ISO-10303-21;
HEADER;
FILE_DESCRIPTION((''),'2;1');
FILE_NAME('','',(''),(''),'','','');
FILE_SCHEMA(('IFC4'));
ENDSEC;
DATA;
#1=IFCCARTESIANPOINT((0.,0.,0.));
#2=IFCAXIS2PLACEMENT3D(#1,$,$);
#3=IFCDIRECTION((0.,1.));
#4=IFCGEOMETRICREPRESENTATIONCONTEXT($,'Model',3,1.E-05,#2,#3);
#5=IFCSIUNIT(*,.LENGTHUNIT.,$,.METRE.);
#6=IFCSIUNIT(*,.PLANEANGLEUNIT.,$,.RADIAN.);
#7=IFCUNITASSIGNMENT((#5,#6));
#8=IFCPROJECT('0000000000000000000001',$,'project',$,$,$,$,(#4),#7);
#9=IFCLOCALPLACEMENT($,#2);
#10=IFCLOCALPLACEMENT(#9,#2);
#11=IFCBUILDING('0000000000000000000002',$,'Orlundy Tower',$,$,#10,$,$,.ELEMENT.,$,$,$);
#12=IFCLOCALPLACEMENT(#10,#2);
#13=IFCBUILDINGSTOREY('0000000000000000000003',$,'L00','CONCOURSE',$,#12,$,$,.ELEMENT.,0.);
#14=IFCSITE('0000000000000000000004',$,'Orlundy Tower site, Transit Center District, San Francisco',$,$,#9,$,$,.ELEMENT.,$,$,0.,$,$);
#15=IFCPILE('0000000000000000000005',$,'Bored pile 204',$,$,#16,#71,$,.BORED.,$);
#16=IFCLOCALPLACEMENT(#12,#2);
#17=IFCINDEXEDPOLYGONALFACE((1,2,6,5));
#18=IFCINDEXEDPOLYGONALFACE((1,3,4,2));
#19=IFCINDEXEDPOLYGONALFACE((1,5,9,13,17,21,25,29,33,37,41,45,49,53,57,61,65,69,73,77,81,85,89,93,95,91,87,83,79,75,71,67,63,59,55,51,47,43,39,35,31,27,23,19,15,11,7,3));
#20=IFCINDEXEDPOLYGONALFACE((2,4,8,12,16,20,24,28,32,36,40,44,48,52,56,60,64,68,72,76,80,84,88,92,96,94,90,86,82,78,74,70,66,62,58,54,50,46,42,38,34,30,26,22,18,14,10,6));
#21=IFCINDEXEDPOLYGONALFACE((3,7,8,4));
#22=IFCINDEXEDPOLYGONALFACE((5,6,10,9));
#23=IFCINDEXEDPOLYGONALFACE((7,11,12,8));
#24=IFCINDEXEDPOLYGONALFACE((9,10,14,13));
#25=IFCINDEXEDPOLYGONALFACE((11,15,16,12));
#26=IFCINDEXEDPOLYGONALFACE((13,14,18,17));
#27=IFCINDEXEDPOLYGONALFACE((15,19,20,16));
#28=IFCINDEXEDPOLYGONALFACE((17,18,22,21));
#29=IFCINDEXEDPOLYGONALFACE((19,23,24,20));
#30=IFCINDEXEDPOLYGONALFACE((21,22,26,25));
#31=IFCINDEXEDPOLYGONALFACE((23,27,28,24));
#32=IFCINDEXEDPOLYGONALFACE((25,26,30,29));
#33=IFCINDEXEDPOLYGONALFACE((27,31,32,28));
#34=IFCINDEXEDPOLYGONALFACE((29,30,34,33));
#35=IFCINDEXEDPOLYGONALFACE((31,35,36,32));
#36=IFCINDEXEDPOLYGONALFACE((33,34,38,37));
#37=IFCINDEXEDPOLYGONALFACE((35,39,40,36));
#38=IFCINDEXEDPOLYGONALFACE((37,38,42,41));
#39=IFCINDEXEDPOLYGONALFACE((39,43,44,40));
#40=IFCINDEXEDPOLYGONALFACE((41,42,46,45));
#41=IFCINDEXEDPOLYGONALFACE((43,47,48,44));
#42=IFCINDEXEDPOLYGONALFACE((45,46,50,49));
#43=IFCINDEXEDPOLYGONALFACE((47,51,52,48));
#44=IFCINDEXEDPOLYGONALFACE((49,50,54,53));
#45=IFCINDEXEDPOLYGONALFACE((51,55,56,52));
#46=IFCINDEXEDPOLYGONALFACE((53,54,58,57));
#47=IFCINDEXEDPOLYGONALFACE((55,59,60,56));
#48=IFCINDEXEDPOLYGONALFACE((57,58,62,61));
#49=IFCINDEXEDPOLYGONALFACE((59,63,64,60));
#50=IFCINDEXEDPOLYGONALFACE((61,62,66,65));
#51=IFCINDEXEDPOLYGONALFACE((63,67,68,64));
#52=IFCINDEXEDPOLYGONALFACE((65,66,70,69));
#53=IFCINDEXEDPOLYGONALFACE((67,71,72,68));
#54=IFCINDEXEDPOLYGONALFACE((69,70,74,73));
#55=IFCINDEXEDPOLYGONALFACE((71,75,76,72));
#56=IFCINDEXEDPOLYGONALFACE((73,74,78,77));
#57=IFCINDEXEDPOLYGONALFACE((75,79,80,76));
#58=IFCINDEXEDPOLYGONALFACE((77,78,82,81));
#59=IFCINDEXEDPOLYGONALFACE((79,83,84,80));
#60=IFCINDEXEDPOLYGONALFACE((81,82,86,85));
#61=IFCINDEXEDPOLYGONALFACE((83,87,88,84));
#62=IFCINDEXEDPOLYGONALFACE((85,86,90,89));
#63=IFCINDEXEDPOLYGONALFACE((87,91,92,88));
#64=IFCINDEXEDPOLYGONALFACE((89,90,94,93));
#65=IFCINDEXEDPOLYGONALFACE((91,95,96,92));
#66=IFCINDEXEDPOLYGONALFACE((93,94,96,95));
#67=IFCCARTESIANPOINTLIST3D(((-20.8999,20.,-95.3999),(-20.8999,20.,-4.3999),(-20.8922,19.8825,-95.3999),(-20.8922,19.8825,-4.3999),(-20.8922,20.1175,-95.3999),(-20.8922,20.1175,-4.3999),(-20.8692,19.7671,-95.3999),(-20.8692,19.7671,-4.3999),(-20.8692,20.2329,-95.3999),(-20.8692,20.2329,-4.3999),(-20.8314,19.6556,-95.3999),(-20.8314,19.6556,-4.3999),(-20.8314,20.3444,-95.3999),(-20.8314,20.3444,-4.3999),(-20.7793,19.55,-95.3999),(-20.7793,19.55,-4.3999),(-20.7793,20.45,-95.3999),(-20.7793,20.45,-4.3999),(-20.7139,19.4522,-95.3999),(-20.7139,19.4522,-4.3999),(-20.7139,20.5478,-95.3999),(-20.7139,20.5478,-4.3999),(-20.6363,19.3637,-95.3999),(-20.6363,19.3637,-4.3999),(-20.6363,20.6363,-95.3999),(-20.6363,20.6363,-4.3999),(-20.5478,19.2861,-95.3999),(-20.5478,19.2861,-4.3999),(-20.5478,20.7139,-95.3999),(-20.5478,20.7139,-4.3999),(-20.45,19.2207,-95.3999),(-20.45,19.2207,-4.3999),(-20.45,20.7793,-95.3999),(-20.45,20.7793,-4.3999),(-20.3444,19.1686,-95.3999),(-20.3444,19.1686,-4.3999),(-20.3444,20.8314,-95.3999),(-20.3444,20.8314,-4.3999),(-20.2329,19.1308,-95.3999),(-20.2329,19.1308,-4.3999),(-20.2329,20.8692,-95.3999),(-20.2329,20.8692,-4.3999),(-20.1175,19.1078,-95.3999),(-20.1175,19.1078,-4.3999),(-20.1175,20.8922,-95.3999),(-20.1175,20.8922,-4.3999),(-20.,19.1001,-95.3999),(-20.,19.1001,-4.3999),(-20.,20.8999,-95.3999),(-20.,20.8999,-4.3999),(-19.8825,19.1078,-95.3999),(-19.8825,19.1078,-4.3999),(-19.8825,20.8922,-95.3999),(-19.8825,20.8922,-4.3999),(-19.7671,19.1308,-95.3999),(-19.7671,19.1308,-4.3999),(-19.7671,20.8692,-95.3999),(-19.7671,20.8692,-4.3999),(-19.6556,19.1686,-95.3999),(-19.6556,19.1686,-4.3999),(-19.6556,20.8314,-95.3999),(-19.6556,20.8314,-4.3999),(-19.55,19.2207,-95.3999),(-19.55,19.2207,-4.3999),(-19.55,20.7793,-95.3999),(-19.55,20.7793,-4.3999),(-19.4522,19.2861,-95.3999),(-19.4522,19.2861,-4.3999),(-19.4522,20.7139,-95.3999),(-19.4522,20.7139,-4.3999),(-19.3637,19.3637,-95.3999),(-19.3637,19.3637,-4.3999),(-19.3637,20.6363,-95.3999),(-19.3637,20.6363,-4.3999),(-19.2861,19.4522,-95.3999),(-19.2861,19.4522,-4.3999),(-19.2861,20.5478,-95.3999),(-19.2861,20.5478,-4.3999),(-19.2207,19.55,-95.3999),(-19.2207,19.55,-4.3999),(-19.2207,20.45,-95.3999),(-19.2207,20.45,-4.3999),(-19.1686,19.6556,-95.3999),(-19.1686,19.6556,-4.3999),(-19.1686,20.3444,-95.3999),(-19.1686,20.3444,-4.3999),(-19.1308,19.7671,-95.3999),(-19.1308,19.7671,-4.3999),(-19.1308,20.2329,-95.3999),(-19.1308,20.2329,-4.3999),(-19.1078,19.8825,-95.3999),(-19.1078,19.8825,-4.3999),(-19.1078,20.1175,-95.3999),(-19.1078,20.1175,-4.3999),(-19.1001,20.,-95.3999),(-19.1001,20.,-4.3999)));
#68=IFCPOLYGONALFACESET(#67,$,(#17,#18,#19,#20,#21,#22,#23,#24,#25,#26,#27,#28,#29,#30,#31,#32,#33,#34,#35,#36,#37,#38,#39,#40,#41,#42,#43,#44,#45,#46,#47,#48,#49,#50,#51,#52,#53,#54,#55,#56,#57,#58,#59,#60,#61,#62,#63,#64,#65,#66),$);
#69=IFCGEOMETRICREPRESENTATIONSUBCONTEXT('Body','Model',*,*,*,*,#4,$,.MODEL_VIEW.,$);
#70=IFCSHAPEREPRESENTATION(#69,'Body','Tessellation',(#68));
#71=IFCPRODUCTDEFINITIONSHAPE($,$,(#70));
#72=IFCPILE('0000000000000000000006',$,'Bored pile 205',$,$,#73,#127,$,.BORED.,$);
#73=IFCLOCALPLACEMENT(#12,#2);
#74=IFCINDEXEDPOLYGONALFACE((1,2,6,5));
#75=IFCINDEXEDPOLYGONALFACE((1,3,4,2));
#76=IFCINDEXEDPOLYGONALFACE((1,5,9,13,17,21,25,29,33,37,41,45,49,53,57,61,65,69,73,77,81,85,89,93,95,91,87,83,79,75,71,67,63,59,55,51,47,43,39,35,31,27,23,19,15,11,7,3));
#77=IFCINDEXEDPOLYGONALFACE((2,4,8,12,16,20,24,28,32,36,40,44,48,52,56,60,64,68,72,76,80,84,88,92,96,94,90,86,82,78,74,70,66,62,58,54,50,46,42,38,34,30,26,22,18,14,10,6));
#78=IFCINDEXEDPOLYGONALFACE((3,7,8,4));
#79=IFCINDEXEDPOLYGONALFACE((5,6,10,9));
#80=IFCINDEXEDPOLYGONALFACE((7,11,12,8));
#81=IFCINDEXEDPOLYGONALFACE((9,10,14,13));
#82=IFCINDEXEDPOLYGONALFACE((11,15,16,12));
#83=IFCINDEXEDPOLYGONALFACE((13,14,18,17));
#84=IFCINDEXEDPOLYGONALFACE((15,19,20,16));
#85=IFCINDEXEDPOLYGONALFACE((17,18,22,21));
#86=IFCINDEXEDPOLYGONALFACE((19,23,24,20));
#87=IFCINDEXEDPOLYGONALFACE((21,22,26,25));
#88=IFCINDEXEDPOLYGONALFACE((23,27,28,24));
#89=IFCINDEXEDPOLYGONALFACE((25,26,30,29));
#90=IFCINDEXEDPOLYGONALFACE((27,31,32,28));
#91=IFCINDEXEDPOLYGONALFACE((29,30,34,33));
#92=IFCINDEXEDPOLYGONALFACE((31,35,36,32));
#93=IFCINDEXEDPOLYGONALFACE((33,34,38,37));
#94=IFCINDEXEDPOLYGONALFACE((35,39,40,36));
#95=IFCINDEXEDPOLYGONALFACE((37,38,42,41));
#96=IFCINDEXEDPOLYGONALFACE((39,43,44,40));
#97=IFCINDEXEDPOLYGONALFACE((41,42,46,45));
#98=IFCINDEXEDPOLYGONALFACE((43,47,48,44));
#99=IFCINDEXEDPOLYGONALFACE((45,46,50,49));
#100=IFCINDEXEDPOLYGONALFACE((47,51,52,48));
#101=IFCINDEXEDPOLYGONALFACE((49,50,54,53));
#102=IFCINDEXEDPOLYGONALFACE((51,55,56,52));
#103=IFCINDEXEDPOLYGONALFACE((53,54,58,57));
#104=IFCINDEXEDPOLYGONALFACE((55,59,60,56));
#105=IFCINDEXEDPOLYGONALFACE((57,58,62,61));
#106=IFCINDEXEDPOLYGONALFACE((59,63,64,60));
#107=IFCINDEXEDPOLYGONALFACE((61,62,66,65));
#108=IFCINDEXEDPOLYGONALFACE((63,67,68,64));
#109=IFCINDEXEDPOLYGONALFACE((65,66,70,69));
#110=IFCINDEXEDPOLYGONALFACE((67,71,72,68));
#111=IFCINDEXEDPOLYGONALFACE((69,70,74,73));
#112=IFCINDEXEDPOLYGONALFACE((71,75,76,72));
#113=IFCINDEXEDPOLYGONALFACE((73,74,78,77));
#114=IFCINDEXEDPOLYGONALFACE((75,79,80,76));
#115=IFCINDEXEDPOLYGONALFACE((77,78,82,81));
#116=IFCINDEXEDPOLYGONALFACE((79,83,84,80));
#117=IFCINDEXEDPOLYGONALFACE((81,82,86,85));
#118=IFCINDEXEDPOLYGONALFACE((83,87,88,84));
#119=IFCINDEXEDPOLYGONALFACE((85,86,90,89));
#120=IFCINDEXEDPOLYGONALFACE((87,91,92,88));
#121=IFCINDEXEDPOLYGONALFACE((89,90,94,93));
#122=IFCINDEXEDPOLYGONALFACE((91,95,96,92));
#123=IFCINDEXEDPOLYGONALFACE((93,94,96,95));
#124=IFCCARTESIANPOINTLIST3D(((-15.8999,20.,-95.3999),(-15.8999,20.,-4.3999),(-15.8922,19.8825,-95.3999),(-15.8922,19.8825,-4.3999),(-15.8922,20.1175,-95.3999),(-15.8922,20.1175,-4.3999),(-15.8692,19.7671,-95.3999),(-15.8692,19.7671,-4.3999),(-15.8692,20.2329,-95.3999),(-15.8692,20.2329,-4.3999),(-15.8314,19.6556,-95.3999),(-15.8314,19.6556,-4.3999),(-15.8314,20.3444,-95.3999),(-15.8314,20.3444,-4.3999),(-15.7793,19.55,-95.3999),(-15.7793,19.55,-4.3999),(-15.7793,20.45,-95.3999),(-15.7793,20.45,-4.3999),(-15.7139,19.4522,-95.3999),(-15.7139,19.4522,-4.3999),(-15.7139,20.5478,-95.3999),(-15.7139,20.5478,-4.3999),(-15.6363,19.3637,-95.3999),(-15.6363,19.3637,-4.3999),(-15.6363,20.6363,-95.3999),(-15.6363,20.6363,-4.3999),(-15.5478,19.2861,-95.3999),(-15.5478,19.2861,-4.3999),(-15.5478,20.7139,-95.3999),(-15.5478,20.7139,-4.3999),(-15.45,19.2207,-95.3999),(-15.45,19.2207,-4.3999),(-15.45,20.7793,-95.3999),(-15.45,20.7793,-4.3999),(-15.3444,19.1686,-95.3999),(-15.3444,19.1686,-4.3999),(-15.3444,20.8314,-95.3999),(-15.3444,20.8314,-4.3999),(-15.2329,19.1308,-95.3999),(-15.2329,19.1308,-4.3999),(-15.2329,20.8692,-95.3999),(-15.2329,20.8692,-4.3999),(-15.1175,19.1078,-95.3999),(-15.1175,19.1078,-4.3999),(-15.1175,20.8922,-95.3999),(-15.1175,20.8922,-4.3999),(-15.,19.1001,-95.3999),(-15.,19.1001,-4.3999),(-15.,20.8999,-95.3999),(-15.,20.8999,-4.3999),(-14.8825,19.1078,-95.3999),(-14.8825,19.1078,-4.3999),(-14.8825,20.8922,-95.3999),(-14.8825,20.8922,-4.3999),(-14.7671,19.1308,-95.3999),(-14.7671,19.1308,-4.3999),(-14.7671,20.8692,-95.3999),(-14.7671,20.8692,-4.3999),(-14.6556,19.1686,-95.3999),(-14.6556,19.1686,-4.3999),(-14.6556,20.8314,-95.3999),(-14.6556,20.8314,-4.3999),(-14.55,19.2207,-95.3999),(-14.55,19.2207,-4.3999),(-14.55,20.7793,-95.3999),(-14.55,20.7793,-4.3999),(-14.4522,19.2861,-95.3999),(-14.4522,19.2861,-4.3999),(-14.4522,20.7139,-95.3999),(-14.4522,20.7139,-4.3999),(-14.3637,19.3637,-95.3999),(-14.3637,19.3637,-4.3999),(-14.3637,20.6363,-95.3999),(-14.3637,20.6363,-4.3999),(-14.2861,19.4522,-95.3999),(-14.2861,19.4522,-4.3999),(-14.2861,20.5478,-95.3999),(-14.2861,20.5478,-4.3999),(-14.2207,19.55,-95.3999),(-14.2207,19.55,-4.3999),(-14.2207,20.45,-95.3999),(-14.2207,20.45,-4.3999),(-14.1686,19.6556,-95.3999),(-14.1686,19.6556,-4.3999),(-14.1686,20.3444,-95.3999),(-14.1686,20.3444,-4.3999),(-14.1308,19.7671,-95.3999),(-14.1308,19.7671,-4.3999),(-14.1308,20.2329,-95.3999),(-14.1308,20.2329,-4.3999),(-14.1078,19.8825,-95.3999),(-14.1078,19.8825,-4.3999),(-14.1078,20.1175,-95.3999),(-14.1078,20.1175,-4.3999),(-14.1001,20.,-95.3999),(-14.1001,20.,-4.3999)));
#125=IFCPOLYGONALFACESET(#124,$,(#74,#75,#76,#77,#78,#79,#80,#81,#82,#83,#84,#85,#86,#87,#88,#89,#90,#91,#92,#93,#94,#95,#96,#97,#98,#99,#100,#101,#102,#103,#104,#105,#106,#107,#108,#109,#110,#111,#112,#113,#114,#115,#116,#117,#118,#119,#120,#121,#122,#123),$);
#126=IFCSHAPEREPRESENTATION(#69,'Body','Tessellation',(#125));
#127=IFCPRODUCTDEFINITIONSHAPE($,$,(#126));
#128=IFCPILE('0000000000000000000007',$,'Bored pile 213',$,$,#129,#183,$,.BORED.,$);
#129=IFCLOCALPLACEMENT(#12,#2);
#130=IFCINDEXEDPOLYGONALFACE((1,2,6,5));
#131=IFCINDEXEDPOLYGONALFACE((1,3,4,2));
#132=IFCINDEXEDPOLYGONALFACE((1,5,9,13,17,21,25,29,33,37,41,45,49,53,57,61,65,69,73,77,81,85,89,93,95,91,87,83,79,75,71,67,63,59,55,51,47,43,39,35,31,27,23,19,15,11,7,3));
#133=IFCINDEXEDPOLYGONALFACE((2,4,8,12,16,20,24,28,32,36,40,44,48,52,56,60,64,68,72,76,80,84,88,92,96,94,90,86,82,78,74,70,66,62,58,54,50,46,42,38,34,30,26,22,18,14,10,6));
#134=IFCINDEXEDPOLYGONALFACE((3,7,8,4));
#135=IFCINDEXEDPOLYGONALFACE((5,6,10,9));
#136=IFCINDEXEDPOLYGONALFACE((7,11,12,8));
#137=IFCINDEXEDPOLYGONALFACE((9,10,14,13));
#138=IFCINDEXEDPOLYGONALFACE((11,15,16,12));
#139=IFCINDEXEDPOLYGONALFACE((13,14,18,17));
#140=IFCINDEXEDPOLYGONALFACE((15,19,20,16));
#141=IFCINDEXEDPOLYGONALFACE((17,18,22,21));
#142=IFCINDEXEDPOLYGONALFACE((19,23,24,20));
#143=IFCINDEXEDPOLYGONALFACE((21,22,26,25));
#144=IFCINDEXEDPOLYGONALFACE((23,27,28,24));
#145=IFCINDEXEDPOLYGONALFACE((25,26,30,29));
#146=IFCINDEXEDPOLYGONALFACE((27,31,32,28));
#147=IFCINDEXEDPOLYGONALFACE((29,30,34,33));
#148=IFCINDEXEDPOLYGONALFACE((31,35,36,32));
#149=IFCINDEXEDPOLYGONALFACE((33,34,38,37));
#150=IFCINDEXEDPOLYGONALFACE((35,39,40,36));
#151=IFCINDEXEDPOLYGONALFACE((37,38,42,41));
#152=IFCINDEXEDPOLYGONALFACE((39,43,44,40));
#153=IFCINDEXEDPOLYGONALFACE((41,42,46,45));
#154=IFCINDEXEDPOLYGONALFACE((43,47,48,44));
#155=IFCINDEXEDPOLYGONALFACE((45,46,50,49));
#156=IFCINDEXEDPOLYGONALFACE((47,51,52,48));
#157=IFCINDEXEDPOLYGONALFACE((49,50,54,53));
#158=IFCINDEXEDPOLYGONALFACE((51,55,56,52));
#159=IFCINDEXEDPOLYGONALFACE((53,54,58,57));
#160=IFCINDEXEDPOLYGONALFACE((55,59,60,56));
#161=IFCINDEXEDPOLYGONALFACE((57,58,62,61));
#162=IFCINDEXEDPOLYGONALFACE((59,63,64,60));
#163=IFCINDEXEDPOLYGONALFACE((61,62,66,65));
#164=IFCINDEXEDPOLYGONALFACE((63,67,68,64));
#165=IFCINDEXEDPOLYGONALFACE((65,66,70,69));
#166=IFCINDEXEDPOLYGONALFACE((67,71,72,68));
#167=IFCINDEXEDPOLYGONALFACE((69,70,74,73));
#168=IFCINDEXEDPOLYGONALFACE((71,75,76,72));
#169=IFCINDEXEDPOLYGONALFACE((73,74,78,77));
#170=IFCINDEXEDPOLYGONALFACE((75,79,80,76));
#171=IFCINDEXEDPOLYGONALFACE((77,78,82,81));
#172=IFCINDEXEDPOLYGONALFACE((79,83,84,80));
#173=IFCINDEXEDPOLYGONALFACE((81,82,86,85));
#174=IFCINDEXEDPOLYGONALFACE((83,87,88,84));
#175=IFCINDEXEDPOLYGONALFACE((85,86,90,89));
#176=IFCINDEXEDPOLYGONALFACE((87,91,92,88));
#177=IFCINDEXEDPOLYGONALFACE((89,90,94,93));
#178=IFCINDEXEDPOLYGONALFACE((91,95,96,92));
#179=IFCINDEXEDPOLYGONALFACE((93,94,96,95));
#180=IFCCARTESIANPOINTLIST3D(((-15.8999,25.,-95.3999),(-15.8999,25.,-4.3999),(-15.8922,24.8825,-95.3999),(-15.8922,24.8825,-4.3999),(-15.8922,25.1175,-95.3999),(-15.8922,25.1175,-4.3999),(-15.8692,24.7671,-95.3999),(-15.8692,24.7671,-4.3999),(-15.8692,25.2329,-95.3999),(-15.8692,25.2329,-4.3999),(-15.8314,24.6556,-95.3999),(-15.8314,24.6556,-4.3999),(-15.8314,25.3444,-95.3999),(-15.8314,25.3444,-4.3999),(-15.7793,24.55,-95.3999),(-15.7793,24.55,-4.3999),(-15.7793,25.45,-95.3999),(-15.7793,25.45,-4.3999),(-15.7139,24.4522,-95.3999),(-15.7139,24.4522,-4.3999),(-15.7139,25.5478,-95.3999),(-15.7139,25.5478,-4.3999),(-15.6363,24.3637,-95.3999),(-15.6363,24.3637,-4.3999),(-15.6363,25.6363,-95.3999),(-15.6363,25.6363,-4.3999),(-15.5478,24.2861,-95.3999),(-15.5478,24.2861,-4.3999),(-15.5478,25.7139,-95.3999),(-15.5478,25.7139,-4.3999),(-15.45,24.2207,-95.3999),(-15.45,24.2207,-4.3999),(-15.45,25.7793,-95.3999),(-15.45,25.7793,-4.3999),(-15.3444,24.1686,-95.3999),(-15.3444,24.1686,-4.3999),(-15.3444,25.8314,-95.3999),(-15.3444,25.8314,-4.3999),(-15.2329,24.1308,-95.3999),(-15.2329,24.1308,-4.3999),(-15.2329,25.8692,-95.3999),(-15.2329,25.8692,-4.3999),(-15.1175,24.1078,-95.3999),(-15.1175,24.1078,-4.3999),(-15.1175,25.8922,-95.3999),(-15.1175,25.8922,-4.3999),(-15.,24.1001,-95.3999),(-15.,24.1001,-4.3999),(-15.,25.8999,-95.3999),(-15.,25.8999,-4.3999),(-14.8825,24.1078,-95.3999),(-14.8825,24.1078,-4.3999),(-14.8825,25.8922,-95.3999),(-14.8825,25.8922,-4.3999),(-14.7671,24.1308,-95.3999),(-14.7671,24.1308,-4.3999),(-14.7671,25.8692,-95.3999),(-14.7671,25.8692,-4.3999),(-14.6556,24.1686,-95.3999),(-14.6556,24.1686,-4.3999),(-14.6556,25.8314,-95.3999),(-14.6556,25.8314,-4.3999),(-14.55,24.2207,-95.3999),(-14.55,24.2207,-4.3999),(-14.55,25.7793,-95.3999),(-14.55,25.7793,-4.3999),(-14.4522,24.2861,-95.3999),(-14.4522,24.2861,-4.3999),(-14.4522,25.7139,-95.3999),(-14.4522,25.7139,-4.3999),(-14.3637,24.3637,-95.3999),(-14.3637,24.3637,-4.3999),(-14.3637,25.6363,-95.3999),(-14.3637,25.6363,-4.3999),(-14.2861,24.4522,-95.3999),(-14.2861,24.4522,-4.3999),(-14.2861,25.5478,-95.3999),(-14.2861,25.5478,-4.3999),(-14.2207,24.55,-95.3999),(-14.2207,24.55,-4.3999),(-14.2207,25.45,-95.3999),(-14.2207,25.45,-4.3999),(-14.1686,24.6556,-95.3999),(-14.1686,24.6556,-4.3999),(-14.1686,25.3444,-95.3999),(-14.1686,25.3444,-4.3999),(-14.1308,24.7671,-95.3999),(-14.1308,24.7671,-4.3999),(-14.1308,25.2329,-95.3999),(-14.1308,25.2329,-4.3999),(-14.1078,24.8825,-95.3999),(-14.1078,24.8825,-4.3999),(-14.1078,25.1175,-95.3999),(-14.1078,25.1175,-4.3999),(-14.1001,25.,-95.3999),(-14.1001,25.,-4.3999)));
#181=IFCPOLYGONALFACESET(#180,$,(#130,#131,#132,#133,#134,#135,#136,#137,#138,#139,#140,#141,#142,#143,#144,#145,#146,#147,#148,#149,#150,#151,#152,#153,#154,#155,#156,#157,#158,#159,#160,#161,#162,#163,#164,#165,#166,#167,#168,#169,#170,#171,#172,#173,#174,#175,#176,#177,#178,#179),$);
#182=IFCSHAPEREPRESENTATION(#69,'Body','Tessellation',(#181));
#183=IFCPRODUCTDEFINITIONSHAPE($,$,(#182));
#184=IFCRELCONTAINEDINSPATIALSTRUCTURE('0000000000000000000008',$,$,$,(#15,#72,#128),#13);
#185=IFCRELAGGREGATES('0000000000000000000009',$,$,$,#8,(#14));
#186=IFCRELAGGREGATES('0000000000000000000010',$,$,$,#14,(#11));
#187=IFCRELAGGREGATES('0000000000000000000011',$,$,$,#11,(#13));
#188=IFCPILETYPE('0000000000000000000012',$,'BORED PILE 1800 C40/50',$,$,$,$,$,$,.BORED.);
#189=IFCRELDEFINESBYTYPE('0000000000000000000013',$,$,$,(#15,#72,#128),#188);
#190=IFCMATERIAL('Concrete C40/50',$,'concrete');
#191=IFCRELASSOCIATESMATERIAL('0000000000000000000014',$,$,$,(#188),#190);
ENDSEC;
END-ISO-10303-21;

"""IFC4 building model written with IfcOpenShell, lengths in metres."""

from ifc_helpers import new_model, si_unit, direction, frame, origin, origin_2d, place, context, subcontext, project, spatial, circle, extrude, material, material_profile, profile_set, type_object, element, save


model = new_model("IFC4")

# Units and contexts
model_context = context("Model", 3, precision=1e-05, world=origin(), true_north=direction((0.0, 1.0)))
body_context = subcontext(model_context, "Body", "Model", "MODEL_VIEW")
ifc_project = project(units=[si_unit("LENGTHUNIT", "METRE"), si_unit("PLANEANGLEUNIT", "RADIAN")], contexts=[model_context])

# Site, building, storey
site_placement = place(None, origin())
site = spatial("IfcSite", under=ifc_project, at=site_placement, Name="Orlundy Tower site, Transit Center District, San Francisco", CompositionType="ELEMENT", RefElevation=0.0)
building_placement = place(site_placement, origin())
building = spatial("IfcBuilding", under=site, at=building_placement, Name="Orlundy Tower", CompositionType="ELEMENT")
storey_placement = place(building_placement, origin())
storey = spatial("IfcBuildingStorey", under=building, at=storey_placement, Name="L00", Description="CONCOURSE", CompositionType="ELEMENT", Elevation=0.0)

# Piles
ifc_material_1 = material(Name="Concrete C40/50", Category="concrete")
ifc_material_profile_1 = material_profile(ifc_material_1, circle(Radius=0.8999, at=origin_2d()), Name="BP1800")
ifc_profile_set_1 = profile_set([ifc_material_profile_1], Name="Concrete C40/50")
pile_type = type_object("IfcPileType", Name="BORED PILE 1800 C40/50", PredefinedType="BORED", material=ifc_profile_set_1)
for number, where, z_axis, x_axis, name in (
    (1, (-20.0, 20.0, -4.3999), (0.0, 0.0, -1.0), (1.0, 0.0, 0.0), "Bored pile 204"),
    (2, (-15.0, 20.0, -4.3999), (0.0, 0.0, -1.0), (1.0, 0.0, 0.0), "Bored pile 205"),
    (3, (-15.0, 25.0, -4.3999), (0.0, 0.0, -1.0), (1.0, 0.0, 0.0), "Bored pile 213"),
):
    element("IfcPile", number, at=place(storey_placement, frame(where, z_axis=z_axis, x_axis=x_axis)), inside=storey, type_object=pile_type, Name=name, PredefinedType="BORED", context=body_context, shape_type="SweptSolid", body=[
        extrude(circle(Radius=0.8999, at=origin_2d()), origin(), (0.0, 0.0, 1.0), 91.0),
    ])

save(model, "model.ifc")
